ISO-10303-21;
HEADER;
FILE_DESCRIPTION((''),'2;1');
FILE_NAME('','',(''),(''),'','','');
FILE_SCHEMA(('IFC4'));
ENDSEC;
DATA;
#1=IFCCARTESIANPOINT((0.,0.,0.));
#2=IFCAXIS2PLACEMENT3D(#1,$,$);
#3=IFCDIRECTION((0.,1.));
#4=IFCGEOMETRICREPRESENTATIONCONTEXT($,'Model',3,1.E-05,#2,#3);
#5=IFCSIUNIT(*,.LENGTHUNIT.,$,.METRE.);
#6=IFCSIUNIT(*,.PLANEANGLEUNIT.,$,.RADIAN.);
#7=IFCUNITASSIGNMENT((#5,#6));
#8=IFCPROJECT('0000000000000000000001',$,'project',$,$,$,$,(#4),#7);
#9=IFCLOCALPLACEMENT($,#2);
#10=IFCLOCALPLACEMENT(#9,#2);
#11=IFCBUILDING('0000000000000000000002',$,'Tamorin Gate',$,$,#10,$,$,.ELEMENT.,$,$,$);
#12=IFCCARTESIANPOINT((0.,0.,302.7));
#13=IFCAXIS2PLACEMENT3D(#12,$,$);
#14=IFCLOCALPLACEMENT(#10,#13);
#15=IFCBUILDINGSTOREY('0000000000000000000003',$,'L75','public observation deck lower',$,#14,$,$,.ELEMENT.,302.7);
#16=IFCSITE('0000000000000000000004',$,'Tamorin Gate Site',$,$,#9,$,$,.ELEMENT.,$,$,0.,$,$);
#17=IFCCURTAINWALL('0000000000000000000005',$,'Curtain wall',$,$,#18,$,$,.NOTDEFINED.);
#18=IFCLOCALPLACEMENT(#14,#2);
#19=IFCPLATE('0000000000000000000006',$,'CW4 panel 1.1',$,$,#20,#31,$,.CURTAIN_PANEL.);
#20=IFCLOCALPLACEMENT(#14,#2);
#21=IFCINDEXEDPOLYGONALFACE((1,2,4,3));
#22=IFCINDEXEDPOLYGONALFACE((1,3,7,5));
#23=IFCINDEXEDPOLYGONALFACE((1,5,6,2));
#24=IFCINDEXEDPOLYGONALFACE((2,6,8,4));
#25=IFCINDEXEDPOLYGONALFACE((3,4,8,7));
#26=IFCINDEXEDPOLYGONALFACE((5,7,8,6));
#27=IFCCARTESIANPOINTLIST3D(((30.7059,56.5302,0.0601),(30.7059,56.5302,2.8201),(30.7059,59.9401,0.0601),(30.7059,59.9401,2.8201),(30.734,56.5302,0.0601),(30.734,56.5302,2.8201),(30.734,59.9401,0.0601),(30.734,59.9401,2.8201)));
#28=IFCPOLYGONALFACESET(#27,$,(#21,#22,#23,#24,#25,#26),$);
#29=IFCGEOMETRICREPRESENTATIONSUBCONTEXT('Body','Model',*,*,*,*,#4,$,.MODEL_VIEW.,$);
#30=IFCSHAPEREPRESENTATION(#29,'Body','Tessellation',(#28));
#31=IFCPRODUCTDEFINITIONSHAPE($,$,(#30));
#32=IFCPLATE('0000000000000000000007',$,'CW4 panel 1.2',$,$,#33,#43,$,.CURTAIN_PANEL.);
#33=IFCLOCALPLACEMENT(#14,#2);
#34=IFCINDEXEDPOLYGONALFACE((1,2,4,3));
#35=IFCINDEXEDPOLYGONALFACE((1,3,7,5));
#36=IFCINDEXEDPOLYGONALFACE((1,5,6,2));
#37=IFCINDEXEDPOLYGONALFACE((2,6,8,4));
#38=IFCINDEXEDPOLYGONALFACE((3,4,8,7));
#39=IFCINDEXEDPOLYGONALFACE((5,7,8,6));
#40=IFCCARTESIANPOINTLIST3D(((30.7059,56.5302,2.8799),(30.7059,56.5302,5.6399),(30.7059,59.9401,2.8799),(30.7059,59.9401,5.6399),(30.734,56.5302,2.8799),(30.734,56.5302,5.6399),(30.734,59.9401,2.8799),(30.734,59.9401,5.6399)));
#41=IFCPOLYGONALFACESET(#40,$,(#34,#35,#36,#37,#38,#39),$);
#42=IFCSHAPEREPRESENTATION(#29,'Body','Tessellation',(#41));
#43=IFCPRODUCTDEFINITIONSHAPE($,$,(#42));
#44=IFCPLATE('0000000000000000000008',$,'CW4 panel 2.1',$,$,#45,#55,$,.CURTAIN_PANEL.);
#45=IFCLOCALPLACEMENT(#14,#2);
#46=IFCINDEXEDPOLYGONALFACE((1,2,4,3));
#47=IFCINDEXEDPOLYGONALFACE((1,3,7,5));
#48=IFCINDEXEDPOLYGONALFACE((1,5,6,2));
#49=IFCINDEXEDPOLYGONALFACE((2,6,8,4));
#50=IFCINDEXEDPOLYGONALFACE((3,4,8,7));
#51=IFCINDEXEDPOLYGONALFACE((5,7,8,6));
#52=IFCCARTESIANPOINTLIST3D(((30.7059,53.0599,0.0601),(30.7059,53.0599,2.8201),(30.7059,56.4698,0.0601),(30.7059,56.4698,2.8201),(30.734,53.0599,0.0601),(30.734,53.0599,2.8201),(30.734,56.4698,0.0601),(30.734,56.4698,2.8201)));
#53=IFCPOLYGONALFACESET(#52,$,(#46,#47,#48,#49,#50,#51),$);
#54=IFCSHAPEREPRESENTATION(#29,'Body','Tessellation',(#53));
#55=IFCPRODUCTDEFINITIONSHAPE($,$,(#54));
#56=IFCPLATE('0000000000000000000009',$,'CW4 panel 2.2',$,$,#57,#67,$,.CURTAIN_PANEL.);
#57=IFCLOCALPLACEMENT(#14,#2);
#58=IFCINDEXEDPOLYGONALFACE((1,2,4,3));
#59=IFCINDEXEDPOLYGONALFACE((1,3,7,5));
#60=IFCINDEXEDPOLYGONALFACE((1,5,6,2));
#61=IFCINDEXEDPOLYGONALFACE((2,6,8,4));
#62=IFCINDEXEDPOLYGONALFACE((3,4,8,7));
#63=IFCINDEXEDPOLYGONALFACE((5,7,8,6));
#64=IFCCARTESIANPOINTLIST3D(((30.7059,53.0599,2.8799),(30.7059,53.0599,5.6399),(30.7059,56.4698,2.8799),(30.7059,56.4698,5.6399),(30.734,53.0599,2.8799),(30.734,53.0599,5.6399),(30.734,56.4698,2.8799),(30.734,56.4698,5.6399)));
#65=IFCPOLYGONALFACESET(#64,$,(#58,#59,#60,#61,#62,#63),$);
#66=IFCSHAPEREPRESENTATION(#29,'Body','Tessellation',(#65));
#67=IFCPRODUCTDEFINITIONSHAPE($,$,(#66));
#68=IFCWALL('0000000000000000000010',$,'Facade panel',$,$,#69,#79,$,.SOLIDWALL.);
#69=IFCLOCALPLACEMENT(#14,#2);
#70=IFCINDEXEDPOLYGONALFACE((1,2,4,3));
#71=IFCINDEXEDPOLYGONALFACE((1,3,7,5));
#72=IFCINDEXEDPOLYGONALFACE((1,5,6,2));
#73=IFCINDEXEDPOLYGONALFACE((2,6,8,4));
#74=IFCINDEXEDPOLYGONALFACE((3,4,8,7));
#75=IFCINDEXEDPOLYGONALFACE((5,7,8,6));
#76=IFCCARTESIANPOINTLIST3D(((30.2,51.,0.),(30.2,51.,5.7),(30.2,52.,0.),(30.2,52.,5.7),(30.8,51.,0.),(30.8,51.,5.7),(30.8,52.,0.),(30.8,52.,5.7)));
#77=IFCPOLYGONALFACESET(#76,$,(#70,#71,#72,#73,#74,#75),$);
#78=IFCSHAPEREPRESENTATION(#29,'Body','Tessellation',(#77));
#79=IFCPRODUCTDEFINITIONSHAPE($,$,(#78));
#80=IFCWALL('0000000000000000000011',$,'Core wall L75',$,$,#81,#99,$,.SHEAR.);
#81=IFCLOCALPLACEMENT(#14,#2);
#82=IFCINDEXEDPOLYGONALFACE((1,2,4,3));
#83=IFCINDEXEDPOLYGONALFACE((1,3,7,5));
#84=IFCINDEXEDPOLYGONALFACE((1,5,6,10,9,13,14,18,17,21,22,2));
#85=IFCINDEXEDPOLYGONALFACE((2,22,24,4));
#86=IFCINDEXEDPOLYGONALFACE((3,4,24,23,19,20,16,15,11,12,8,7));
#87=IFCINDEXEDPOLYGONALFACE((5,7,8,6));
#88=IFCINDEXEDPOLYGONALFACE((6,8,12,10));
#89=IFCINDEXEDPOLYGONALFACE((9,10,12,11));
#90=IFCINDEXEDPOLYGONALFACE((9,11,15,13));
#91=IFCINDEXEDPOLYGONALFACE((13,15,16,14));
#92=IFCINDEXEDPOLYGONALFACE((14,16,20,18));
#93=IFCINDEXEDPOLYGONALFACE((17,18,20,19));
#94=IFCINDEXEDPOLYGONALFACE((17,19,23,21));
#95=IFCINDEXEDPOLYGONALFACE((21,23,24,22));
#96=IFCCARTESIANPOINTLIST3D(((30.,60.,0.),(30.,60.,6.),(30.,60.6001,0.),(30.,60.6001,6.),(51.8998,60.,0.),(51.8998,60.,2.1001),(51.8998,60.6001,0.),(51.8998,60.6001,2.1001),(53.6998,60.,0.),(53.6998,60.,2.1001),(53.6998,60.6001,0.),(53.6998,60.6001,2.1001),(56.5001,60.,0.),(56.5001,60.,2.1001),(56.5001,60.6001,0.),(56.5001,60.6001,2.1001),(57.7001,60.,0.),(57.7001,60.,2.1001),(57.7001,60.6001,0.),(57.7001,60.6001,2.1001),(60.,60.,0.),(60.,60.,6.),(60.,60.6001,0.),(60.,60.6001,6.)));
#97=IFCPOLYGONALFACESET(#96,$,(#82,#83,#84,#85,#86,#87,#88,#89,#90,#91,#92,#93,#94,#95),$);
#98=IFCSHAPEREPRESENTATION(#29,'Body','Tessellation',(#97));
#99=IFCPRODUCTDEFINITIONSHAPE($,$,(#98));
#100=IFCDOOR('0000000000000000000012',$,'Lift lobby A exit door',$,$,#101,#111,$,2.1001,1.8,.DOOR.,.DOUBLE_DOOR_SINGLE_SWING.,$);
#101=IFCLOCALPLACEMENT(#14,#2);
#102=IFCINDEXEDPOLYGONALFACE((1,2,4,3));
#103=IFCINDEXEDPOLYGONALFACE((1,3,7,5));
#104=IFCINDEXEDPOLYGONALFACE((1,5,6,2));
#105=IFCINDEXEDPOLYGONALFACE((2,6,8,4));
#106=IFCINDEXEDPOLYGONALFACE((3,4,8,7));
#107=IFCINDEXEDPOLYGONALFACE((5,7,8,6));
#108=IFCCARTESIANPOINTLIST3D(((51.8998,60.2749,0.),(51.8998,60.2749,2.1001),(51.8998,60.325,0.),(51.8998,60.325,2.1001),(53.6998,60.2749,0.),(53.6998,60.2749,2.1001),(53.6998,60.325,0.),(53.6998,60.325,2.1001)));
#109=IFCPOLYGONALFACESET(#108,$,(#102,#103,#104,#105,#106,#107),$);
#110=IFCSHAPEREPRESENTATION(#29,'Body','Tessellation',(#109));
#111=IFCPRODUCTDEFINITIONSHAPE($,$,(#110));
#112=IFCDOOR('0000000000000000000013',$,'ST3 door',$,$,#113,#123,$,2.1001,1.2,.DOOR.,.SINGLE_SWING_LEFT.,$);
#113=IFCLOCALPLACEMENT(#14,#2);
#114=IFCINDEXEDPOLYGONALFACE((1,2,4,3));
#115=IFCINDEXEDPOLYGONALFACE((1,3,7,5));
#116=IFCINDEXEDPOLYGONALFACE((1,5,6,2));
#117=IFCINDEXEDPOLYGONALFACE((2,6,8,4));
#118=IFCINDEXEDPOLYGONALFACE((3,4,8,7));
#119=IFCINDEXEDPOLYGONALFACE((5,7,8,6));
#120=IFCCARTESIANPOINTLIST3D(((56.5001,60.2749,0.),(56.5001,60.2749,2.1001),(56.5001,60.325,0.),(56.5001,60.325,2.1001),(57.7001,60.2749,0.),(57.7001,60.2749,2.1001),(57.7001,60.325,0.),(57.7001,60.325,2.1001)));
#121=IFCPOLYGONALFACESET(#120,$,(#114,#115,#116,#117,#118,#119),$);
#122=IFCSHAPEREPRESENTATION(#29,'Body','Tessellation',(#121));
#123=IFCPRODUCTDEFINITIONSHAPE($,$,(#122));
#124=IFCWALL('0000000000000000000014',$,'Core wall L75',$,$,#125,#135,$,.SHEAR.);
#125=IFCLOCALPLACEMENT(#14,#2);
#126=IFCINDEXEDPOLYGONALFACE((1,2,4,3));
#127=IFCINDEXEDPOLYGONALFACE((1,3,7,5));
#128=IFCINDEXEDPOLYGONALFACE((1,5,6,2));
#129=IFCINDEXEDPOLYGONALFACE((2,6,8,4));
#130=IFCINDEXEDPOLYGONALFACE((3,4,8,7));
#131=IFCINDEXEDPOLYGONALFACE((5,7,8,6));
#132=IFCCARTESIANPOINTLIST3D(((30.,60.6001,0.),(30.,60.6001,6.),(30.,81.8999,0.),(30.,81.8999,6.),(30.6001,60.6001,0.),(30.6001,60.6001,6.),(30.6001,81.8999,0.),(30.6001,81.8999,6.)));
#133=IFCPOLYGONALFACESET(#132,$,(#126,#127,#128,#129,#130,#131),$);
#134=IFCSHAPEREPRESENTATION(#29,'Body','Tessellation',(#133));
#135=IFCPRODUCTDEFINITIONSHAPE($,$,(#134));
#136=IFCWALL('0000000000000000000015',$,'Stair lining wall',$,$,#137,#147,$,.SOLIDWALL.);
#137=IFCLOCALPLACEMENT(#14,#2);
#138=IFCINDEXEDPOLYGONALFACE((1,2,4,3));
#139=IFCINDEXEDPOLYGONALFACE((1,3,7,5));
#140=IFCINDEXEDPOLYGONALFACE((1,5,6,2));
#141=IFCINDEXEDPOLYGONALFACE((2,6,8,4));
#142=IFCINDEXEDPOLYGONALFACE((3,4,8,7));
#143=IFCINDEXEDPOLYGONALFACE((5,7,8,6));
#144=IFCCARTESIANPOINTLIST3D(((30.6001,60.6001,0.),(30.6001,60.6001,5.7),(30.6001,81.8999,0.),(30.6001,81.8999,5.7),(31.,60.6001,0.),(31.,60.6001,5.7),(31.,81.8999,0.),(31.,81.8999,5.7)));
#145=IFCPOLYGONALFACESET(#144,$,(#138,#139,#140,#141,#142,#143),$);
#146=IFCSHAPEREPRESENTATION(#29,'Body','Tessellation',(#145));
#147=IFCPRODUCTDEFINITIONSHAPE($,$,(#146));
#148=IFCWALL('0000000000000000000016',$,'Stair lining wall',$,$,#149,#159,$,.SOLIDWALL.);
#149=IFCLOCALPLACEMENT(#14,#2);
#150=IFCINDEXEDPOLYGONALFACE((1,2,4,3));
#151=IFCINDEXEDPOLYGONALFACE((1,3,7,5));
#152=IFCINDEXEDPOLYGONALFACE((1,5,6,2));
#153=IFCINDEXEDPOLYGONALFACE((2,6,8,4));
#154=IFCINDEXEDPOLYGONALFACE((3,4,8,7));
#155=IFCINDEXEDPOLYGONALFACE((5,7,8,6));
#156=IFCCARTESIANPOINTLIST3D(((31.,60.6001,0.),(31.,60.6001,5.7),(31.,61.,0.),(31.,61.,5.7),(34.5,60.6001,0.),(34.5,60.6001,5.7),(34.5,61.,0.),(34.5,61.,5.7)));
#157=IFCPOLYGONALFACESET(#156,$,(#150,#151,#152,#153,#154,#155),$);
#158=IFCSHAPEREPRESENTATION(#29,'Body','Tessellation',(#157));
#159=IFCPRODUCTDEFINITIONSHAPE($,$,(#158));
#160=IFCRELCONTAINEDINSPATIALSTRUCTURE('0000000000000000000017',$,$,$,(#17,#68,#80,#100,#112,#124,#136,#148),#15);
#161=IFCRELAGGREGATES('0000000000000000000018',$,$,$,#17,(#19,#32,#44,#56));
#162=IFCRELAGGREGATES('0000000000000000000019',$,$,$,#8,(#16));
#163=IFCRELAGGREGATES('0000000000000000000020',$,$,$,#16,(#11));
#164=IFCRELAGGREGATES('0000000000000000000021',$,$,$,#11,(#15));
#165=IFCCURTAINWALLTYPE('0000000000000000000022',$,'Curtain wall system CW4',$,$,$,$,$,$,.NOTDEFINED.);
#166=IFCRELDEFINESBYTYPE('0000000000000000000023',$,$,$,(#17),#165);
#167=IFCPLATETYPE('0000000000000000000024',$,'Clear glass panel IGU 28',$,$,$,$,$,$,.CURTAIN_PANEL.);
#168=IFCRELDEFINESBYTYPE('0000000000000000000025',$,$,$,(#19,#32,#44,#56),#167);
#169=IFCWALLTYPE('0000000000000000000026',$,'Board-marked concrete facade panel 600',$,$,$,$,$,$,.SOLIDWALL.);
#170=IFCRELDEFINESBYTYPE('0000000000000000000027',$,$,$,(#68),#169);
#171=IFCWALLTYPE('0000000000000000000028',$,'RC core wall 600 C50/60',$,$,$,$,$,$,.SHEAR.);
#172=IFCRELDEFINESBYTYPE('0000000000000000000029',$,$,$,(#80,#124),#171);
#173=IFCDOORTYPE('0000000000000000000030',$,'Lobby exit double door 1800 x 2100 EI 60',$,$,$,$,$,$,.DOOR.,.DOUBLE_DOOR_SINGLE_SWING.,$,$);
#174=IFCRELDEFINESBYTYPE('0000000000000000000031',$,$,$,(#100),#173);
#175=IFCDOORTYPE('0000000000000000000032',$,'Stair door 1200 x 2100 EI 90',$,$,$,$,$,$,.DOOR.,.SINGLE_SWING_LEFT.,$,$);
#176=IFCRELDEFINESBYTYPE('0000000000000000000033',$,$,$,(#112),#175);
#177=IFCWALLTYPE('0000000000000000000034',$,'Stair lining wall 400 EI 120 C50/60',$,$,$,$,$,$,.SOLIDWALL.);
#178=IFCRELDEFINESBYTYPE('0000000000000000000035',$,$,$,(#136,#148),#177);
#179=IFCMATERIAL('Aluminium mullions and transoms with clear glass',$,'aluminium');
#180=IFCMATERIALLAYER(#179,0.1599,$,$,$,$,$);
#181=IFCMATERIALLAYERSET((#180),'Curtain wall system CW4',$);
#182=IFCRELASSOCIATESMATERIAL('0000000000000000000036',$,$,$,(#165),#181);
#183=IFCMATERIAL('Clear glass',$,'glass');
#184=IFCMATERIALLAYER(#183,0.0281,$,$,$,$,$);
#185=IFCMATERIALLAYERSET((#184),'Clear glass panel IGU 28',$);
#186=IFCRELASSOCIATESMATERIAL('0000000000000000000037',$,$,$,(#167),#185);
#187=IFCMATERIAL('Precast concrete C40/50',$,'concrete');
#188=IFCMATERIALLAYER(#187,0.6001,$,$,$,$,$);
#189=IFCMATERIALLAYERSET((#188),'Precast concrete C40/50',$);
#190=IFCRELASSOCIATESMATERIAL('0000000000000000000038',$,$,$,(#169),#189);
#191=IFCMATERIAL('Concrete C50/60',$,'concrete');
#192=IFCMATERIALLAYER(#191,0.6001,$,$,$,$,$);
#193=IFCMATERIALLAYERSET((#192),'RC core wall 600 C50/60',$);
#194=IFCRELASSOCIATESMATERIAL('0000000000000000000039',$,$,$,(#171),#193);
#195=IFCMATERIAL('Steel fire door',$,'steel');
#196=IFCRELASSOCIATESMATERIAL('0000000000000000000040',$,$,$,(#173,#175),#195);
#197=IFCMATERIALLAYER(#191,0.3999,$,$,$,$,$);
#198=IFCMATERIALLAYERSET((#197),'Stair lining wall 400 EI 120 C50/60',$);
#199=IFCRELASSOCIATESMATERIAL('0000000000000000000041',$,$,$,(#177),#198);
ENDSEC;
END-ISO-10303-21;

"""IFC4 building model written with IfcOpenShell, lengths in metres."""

from ifc_helpers import new_model, si_unit, direction, frame, frame_2d, origin, origin_2d, place, context, subcontext, project, spatial, rectangle, extrude, material, layer, layer_set, type_object, element, fill, aggregate, save


model = new_model("IFC4")

# Units and contexts
model_context = context("Model", 3, precision=1e-05, world=origin(), true_north=direction((0.0, 1.0)))
body_context = subcontext(model_context, "Body", "Model", "MODEL_VIEW")
ifc_project = project(units=[si_unit("LENGTHUNIT", "METRE"), si_unit("PLANEANGLEUNIT", "RADIAN")], contexts=[model_context])

# Site, building, storey
site_placement = place(None, origin())
site = spatial("IfcSite", under=ifc_project, at=site_placement, Name="Tamorin Gate Site", CompositionType="ELEMENT", RefElevation=0.0)
building_placement = place(site_placement, origin())
building = spatial("IfcBuilding", under=site, at=building_placement, Name="Tamorin Gate", CompositionType="ELEMENT")
storey_placement = place(building_placement, frame((0.0, 0.0, 302.7)))
storey = spatial("IfcBuildingStorey", under=building, at=storey_placement, Name="L75", Description="public observation deck lower", CompositionType="ELEMENT", Elevation=302.7)

# Shared definitions
ifc_material_1 = material(Name="Concrete C50/60", Category="concrete")

# Curtain wall
ifc_material_2 = material(Name="Aluminium mullions and transoms with clear glass", Category="aluminium")
ifc_layer_1 = layer(ifc_material_2, 0.1599)
ifc_layer_set_1 = layer_set([ifc_layer_1], Name="Curtain wall system CW4")
curtain_wall_type = type_object("IfcCurtainWallType", Name="Curtain wall system CW4", PredefinedType="NOTDEFINED", material=ifc_layer_set_1)
curtain_wall_1_placement = place(storey_placement, origin())
curtain_wall_1 = element("IfcCurtainWall", 1, at=curtain_wall_1_placement, inside=storey, type_object=curtain_wall_type, Name="Curtain wall", PredefinedType="NOTDEFINED")

# Plates
ifc_material_3 = material(Name="Clear glass", Category="glass")
ifc_layer_2 = layer(ifc_material_3, 0.0281)
ifc_layer_set_2 = layer_set([ifc_layer_2], Name="Clear glass panel IGU 28")
plate_type = type_object("IfcPlateType", Name="Clear glass panel IGU 28", PredefinedType="CURTAIN_PANEL", material=ifc_layer_set_2)
plate_1_placement = place(storey_placement, frame((30.72, 58.2351, 0.0601), z_axis=(0.0, 0.0, 1.0), x_axis=(0.0, -1.0, 0.0)))
plate_1 = element("IfcPlate", 2, at=plate_1_placement, type_object=plate_type, Name="CW4 panel 1.1", PredefinedType="CURTAIN_PANEL", context=body_context, shape_type="SweptSolid", body=[
    extrude(rectangle(XDim=3.4099, YDim=0.0281, at=origin_2d()), origin(), (0.0, 0.0, 1.0), 2.76),
])
plate_2_placement = place(storey_placement, frame((30.72, 58.2351, 2.8799), z_axis=(0.0, 0.0, 1.0), x_axis=(0.0, -1.0, 0.0)))
plate_2 = element("IfcPlate", 3, at=plate_2_placement, type_object=plate_type, Name="CW4 panel 1.2", PredefinedType="CURTAIN_PANEL", context=body_context, shape_type="SweptSolid", body=[
    extrude(rectangle(XDim=3.4099, YDim=0.0281, at=origin_2d()), origin(), (0.0, 0.0, 1.0), 2.76),
])
plate_3_placement = place(storey_placement, frame((30.72, 54.7649, 0.0601), z_axis=(0.0, 0.0, 1.0), x_axis=(0.0, -1.0, 0.0)))
plate_3 = element("IfcPlate", 4, at=plate_3_placement, type_object=plate_type, Name="CW4 panel 2.1", PredefinedType="CURTAIN_PANEL", context=body_context, shape_type="SweptSolid", body=[
    extrude(rectangle(XDim=3.4099, YDim=0.0281, at=origin_2d()), origin(), (0.0, 0.0, 1.0), 2.76),
])
plate_4_placement = place(storey_placement, frame((30.72, 54.7649, 2.8799), z_axis=(0.0, 0.0, 1.0), x_axis=(0.0, -1.0, 0.0)))
plate_4 = element("IfcPlate", 5, at=plate_4_placement, type_object=plate_type, Name="CW4 panel 2.2", PredefinedType="CURTAIN_PANEL", context=body_context, shape_type="SweptSolid", body=[
    extrude(rectangle(XDim=3.4099, YDim=0.0281, at=origin_2d()), origin(), (0.0, 0.0, 1.0), 2.76),
])
aggregate(curtain_wall_1, [plate_1, plate_2, plate_3, plate_4])

# Wall
ifc_material_4 = material(Name="Precast concrete C40/50", Category="concrete")
ifc_layer_3 = layer(ifc_material_4, 0.6001)
ifc_layer_set_3 = layer_set([ifc_layer_3], Name="Precast concrete C40/50")
wall_type_1 = type_object("IfcWallType", Name="Board-marked concrete facade panel 600", PredefinedType="SOLIDWALL", material=ifc_layer_set_3)
wall_1_placement = place(storey_placement, frame((30.5, 52.0, 0.0), z_axis=(0.0, 0.0, 1.0), x_axis=(0.0, -1.0, 0.0)))
element("IfcWall", 6, at=wall_1_placement, inside=storey, type_object=wall_type_1, Name="Facade panel", PredefinedType="SOLIDWALL", context=body_context, shape_type="SweptSolid", body=[
    extrude(rectangle(XDim=1.0, YDim=0.6001, at=frame_2d((0.5, 0.0))), origin(), (0.0, 0.0, 1.0), 5.7),
])

# Wall, openings, doors
ifc_layer_4 = layer(ifc_material_1, 0.6001)
ifc_layer_set_4 = layer_set([ifc_layer_4], Name="RC core wall 600 C50/60")
wall_type_2 = type_object("IfcWallType", Name="RC core wall 600 C50/60", PredefinedType="SHEAR", material=ifc_layer_set_4)
wall_2_placement = place(storey_placement, frame((30.0, 60.3, 0.0), z_axis=(0.0, 0.0, 1.0), x_axis=(1.0, 0.0, 0.0)))
wall_2 = element("IfcWall", 7, at=wall_2_placement, inside=storey, type_object=wall_type_2, Name="Core wall L75", PredefinedType="SHEAR", context=body_context, shape_type="SweptSolid", body=[
    extrude(rectangle(XDim=30.0, YDim=0.6001, at=frame_2d((15.0, 0.0))), origin(), (0.0, 0.0, 1.0), 6.0),
])
opening_1_placement = place(wall_2_placement, frame((21.8999, 0.0, 0.0)))
opening_1 = element("IfcOpeningElement", 8, at=opening_1_placement, cuts=wall_2, PredefinedType="OPENING", context=body_context, shape_type="SweptSolid", body=[
    extrude(rectangle(XDim=1.8, YDim=2.1001, at=frame_2d((0.8999, 1.05))), frame((0.0, 0.3101, 0.0), z_axis=(0.0, -1.0, 0.0), x_axis=(1.0, 0.0, 0.0)), (0.0, 0.0, 1.0), 0.6201),
])
opening_2_placement = place(wall_2_placement, frame((26.5, 0.0, 0.0)))
opening_2 = element("IfcOpeningElement", 9, at=opening_2_placement, cuts=wall_2, PredefinedType="OPENING", context=body_context, shape_type="SweptSolid", body=[
    extrude(rectangle(XDim=1.2, YDim=2.1001, at=frame_2d((0.6001, 1.05))), frame((0.0, 0.3101, 0.0), z_axis=(0.0, -1.0, 0.0), x_axis=(1.0, 0.0, 0.0)), (0.0, 0.0, 1.0), 0.6201),
])
ifc_material_5 = material(Name="Steel fire door", Category="steel")
door_type_1 = type_object("IfcDoorType", Name="Lobby exit double door 1800 x 2100 EI 60", OperationType="DOUBLE_DOOR_SINGLE_SWING", PredefinedType="DOOR", material=ifc_material_5)
door_1_placement = place(opening_1_placement, origin())
door_1 = element("IfcDoor", 10, at=door_1_placement, inside=storey, type_object=door_type_1, Name="Lift lobby A exit door", OperationType="DOUBLE_DOOR_SINGLE_SWING", OverallHeight=2.1001, OverallWidth=1.8, PredefinedType="DOOR", context=body_context, shape_type="SweptSolid", body=[
    extrude(rectangle(XDim=1.8, YDim=2.1001, at=frame_2d((0.8999, 1.05))), frame((0.0, 0.0249, 0.0), z_axis=(0.0, -1.0, 0.0), x_axis=(1.0, 0.0, 0.0)), (0.0, 0.0, 1.0), 0.05),
])
fill(opening_1, door_1)
door_type_2 = type_object("IfcDoorType", Name="Stair door 1200 x 2100 EI 90", OperationType="SINGLE_SWING_LEFT", PredefinedType="DOOR", material=ifc_material_5)
door_2_placement = place(opening_2_placement, origin())
door_2 = element("IfcDoor", 11, at=door_2_placement, inside=storey, type_object=door_type_2, Name="ST3 door", OperationType="SINGLE_SWING_LEFT", OverallHeight=2.1001, OverallWidth=1.2, PredefinedType="DOOR", context=body_context, shape_type="SweptSolid", body=[
    extrude(rectangle(XDim=1.2, YDim=2.1001, at=frame_2d((0.6001, 1.05))), frame((0.0, 0.0249, 0.0), z_axis=(0.0, -1.0, 0.0), x_axis=(1.0, 0.0, 0.0)), (0.0, 0.0, 1.0), 0.05),
])
fill(opening_2, door_2)

# Walls
wall_3_placement = place(storey_placement, frame((30.3, 60.6001, 0.0), z_axis=(0.0, 0.0, 1.0), x_axis=(0.0, 1.0, 0.0)))
element("IfcWall", 12, at=wall_3_placement, inside=storey, type_object=wall_type_2, Name="Core wall L75", PredefinedType="SHEAR", context=body_context, shape_type="SweptSolid", body=[
    extrude(rectangle(XDim=21.2998, YDim=0.6001, at=frame_2d((10.6499, 0.0))), origin(), (0.0, 0.0, 1.0), 6.0),
])
ifc_layer_5 = layer(ifc_material_1, 0.3999)
ifc_layer_set_5 = layer_set([ifc_layer_5], Name="Stair lining wall 400 EI 120 C50/60")
wall_type_3 = type_object("IfcWallType", Name="Stair lining wall 400 EI 120 C50/60", PredefinedType="SOLIDWALL", material=ifc_layer_set_5)
wall_4_placement = place(storey_placement, frame((30.8, 60.6001, 0.0), z_axis=(0.0, 0.0, 1.0), x_axis=(0.0, 1.0, 0.0)))
element("IfcWall", 13, at=wall_4_placement, inside=storey, type_object=wall_type_3, Name="Stair lining wall", PredefinedType="SOLIDWALL", context=body_context, shape_type="SweptSolid", body=[
    extrude(rectangle(XDim=21.2998, YDim=0.3999, at=frame_2d((10.6499, 0.0))), origin(), (0.0, 0.0, 1.0), 5.7),
])
wall_5_placement = place(storey_placement, frame((31.0, 60.8, 0.0), z_axis=(0.0, 0.0, 1.0), x_axis=(1.0, 0.0, 0.0)))
element("IfcWall", 14, at=wall_5_placement, inside=storey, type_object=wall_type_3, Name="Stair lining wall", PredefinedType="SOLIDWALL", context=body_context, shape_type="SweptSolid", body=[
    extrude(rectangle(XDim=3.5, YDim=0.3999, at=frame_2d((1.75, 0.0))), origin(), (0.0, 0.0, 1.0), 5.7),
])

save(model, "model.ifc")
